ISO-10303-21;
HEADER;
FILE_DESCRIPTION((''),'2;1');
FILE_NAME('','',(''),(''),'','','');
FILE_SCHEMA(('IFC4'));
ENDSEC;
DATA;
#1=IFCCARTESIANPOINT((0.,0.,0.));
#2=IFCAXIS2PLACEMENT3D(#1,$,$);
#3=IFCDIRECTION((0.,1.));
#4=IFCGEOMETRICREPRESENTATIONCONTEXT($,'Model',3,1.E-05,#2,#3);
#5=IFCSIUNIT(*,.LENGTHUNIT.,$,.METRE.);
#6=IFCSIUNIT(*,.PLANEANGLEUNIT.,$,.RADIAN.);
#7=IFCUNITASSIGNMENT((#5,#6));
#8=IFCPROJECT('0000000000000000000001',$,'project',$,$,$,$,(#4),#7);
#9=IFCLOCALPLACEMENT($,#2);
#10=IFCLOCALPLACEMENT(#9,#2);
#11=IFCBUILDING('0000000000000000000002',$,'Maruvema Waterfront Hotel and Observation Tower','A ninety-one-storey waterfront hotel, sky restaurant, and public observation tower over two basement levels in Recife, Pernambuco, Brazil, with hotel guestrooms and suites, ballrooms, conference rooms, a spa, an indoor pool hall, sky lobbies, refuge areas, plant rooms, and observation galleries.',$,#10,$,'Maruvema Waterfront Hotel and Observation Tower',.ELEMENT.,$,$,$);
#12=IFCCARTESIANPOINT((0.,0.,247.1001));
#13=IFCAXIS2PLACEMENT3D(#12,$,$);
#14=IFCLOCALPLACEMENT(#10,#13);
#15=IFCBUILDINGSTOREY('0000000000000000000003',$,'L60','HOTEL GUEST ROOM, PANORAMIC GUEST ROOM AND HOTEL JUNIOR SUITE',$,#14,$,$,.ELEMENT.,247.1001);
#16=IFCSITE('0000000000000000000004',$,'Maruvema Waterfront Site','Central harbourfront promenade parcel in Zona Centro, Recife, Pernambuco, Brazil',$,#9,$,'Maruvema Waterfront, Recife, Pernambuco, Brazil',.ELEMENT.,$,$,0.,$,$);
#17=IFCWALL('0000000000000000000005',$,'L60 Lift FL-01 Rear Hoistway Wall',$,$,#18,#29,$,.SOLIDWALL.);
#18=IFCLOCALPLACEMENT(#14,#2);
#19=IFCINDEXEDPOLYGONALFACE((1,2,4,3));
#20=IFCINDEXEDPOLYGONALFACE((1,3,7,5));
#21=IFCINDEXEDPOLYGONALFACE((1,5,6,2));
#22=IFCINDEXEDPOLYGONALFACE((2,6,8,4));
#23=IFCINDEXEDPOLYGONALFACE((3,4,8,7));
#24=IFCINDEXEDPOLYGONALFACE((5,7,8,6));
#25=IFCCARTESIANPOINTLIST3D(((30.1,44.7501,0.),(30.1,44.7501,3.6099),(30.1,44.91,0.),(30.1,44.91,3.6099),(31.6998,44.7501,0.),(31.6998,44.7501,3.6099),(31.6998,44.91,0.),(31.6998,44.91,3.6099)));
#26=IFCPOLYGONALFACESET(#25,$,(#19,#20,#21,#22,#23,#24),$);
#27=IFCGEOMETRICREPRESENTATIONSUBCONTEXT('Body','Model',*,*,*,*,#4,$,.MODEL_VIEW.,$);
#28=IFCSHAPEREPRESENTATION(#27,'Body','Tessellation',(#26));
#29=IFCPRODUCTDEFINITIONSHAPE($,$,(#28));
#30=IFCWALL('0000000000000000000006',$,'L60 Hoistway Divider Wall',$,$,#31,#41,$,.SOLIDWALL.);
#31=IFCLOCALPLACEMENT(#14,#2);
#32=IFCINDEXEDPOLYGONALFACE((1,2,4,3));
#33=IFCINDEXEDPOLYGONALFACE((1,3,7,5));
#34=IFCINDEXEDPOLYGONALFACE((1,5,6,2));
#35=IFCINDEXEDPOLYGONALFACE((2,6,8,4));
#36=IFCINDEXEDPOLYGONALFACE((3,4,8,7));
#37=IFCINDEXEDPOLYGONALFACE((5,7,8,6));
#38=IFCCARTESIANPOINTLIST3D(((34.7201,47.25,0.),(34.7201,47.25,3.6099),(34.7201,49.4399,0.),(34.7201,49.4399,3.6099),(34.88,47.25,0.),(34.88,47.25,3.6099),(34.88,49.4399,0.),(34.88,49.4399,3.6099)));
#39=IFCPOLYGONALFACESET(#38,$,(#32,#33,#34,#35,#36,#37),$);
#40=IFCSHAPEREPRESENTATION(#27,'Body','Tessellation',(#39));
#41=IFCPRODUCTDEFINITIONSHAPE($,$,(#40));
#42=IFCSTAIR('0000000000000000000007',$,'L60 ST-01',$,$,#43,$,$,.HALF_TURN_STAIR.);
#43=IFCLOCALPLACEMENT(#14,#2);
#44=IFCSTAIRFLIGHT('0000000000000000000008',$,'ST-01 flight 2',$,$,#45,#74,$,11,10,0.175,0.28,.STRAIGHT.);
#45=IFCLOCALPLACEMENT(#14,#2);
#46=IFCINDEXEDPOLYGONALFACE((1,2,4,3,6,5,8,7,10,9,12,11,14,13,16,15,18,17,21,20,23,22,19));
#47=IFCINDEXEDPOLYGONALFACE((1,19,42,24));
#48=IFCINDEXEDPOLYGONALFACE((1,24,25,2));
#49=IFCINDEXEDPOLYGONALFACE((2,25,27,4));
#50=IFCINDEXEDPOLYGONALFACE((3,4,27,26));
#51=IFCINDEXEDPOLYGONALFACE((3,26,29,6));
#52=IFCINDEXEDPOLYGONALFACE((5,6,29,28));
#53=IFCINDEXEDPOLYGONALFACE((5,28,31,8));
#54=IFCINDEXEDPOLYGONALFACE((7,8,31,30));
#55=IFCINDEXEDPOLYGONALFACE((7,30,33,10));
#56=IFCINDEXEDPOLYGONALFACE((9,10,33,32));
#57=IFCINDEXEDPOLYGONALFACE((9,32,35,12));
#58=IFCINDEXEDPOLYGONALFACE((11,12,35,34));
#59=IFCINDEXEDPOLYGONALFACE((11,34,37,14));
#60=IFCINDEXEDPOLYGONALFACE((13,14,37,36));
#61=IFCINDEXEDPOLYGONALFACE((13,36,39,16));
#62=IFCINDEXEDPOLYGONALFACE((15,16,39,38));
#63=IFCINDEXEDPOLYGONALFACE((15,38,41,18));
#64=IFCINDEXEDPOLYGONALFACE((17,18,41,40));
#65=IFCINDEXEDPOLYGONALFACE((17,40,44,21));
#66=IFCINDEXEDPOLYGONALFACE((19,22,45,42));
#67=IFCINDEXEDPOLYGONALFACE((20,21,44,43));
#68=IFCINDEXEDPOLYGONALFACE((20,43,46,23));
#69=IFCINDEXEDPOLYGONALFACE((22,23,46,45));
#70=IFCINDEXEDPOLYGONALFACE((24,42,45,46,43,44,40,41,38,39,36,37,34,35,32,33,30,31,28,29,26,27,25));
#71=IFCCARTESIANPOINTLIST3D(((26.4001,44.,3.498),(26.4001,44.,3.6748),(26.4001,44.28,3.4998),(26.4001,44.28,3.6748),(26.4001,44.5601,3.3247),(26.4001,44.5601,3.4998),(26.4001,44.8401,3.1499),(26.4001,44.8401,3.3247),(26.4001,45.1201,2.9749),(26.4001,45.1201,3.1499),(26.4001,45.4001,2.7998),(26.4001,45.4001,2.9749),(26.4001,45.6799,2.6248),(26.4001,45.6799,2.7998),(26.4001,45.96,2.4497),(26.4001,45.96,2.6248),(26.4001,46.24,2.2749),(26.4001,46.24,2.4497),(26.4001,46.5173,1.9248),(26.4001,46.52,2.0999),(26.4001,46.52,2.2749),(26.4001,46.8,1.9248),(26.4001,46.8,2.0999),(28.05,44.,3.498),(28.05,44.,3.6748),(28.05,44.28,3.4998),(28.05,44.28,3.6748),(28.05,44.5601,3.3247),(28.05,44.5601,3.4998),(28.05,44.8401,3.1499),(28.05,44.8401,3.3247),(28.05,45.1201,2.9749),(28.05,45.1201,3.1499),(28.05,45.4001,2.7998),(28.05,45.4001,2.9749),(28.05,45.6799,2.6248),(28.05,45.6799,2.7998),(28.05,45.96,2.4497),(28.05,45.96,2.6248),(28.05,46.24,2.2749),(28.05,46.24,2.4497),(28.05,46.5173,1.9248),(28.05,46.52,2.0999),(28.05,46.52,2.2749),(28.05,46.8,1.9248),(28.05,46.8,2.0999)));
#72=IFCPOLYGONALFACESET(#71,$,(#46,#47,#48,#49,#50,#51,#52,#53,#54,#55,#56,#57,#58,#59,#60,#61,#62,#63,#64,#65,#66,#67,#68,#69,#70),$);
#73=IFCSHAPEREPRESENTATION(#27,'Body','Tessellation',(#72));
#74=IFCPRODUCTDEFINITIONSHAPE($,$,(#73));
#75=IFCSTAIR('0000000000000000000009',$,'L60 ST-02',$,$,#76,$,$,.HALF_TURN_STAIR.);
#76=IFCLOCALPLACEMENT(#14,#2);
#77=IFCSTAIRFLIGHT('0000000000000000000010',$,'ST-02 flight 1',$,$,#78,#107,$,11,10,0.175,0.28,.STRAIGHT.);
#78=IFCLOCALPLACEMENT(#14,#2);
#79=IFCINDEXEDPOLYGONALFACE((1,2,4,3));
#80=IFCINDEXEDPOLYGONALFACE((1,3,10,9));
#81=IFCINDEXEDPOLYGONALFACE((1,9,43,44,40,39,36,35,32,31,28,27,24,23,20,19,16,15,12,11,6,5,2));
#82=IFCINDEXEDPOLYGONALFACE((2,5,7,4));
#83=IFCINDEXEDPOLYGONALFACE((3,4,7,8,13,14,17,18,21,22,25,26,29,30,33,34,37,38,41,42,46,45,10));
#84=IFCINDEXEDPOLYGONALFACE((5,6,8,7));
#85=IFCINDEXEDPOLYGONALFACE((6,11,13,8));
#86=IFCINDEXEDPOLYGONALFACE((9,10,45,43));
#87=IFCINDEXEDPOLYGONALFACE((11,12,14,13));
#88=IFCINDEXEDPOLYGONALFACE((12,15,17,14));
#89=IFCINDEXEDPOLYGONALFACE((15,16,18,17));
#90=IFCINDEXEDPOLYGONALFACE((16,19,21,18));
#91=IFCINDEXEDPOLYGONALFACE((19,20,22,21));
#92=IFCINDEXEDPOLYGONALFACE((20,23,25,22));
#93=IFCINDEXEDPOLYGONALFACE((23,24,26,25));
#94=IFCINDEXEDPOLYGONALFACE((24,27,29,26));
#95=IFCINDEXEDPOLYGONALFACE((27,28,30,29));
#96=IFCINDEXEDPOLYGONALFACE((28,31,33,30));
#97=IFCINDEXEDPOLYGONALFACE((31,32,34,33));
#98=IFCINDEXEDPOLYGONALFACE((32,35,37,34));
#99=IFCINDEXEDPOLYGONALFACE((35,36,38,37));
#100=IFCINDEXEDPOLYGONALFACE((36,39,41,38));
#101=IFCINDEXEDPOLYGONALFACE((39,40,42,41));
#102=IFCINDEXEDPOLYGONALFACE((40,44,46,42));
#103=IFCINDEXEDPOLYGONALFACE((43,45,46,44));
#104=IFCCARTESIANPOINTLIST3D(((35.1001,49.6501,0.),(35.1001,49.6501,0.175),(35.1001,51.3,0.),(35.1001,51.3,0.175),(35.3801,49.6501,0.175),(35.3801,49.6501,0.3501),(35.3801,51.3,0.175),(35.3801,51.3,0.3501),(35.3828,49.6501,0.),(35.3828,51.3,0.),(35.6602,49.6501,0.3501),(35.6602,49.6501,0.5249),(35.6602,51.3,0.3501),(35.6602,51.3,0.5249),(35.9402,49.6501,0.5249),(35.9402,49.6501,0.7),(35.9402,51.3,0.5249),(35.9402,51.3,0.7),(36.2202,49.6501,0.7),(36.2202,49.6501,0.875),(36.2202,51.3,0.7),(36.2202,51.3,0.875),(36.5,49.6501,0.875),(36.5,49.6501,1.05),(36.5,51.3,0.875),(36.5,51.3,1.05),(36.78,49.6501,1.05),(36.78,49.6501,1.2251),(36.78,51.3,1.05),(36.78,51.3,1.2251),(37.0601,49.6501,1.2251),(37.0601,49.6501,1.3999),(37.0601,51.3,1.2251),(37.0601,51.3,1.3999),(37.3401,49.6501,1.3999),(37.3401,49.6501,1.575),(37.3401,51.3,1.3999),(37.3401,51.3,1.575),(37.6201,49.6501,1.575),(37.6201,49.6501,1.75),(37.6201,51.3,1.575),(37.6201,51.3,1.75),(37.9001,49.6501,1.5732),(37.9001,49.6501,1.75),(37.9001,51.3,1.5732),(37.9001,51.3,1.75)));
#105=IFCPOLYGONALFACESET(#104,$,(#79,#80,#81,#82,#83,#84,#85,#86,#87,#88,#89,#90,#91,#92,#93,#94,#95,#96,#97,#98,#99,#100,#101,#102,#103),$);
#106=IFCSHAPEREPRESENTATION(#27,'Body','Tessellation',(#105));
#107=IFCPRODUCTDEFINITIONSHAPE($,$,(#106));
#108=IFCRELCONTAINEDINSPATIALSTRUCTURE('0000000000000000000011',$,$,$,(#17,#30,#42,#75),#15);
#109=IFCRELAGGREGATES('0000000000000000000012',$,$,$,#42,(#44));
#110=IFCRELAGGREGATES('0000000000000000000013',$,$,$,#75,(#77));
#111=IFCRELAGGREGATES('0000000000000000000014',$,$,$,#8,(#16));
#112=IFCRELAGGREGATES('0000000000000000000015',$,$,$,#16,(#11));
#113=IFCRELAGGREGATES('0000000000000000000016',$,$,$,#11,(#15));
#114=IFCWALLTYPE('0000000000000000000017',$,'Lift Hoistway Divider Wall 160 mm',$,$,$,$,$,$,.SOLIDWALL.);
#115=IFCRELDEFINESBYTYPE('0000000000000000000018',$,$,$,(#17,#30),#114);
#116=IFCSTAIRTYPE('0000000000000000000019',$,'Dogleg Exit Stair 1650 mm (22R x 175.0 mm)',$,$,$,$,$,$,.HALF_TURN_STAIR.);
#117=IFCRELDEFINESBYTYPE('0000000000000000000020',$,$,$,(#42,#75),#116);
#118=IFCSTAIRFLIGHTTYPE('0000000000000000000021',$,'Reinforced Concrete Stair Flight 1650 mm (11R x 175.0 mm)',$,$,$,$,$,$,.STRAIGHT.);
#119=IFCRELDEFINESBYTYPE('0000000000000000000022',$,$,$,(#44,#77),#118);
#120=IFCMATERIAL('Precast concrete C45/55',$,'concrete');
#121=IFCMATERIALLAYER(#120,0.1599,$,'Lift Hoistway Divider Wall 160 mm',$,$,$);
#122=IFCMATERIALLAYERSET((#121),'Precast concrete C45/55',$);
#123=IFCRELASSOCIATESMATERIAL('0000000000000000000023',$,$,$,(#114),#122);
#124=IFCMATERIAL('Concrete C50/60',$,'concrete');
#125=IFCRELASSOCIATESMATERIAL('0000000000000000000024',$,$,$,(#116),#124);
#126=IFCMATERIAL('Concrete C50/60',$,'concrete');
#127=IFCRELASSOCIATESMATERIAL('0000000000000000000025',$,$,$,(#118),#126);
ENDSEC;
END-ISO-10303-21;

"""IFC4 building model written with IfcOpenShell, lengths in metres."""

from ifc_helpers import new_model, si_unit, direction, frame, frame_2d, origin, place, context, subcontext, project, spatial, polyline, rectangle, outline, extrude, material, layer, layer_set, type_object, element, aggregate, save


model = new_model("IFC4")

# Units and contexts
model_context = context("Model", 3, precision=1e-05, world=origin(), true_north=direction((0.0, 1.0)))
body_context = subcontext(model_context, "Body", "Model", "MODEL_VIEW")
ifc_project = project(units=[si_unit("LENGTHUNIT", "METRE"), si_unit("PLANEANGLEUNIT", "RADIAN")], contexts=[model_context])

# Site, building, storey
site_placement = place(None, origin())
site = spatial("IfcSite", under=ifc_project, at=site_placement, Name="Maruvema Waterfront Site", Description="Central harbourfront promenade parcel in Zona Centro, Recife, Pernambuco, Brazil", LongName="Maruvema Waterfront, Recife, Pernambuco, Brazil", CompositionType="ELEMENT", RefElevation=0.0)
building_placement = place(site_placement, origin())
building = spatial("IfcBuilding", under=site, at=building_placement, Name="Maruvema Waterfront Hotel and Observation Tower", Description="A ninety-one-storey waterfront hotel, sky restaurant, and public observation tower over two basement levels in Recife, Pernambuco, Brazil, with hotel guestrooms and suites, ballrooms, conference rooms, a spa, an indoor pool hall, sky lobbies, refuge areas, plant rooms, and observation galleries.", LongName="Maruvema Waterfront Hotel and Observation Tower", CompositionType="ELEMENT")
storey_placement = place(building_placement, frame((0.0, 0.0, 247.1001)))
storey = spatial("IfcBuildingStorey", under=building, at=storey_placement, Name="L60", Description="HOTEL GUEST ROOM, PANORAMIC GUEST ROOM AND HOTEL JUNIOR SUITE", CompositionType="ELEMENT", Elevation=247.1001)

# Walls
ifc_material_1 = material(Name="Precast concrete C45/55", Category="concrete")
ifc_layer_1 = layer(ifc_material_1, 0.1599, Name="Lift Hoistway Divider Wall 160 mm")
ifc_layer_set_1 = layer_set([ifc_layer_1], Name="Precast concrete C45/55")
wall_type_1 = type_object("IfcWallType", Name="Lift Hoistway Divider Wall 160 mm", PredefinedType="SOLIDWALL", material=ifc_layer_set_1)
wall_1_placement = place(storey_placement, frame((30.1001, 44.8301, 0.0), z_axis=(0.0, 0.0, 1.0), x_axis=(1.0, 0.0, 0.0)))
element("IfcWall", 1, at=wall_1_placement, inside=storey, type_object=wall_type_1, Name="L60 Lift FL-01 Rear Hoistway Wall", PredefinedType="SOLIDWALL", context=body_context, shape_type="SweptSolid", body=[
    extrude(rectangle(XDim=1.5999, YDim=0.1599, at=frame_2d((0.7998, 0.0))), origin(), (0.0, 0.0, 1.0), 3.6099),
])
wall_2_placement = place(storey_placement, frame((34.8, 47.25, 0.0), z_axis=(0.0, 0.0, 1.0), x_axis=(0.0, 1.0, 0.0)))
element("IfcWall", 2, at=wall_2_placement, inside=storey, type_object=wall_type_1, Name="L60 Hoistway Divider Wall", PredefinedType="SOLIDWALL", context=body_context, shape_type="SweptSolid", body=[
    extrude(rectangle(XDim=2.1899, YDim=0.1599, at=frame_2d((1.095, 0.0))), origin(), (0.0, 0.0, 1.0), 3.6099),
])

# Stairs, stair flights
ifc_material_2 = material(Name="Concrete C50/60", Category="concrete")
stair_type = type_object("IfcStairType", Name="Dogleg Exit Stair 1650 mm (22R x 175.0 mm)", PredefinedType="HALF_TURN_STAIR", material=ifc_material_2)
stair_1_placement = place(storey_placement, origin())
stair_1 = element("IfcStair", 3, at=stair_1_placement, inside=storey, type_object=stair_type, Name="L60 ST-01", PredefinedType="HALF_TURN_STAIR")
ifc_material_3 = material(Name="Concrete C50/60", Category="concrete")
stair_flight_type = type_object("IfcStairFlightType", Name="Reinforced Concrete Stair Flight 1650 mm (11R x 175.0 mm)", PredefinedType="STRAIGHT", material=ifc_material_3)
stair_flight_1_placement = place(storey_placement, frame((27.2251, 46.8, 1.9248), z_axis=(0.0, 0.0, 1.0), x_axis=(0.0, -1.0, 0.0)))
stair_flight_1 = element("IfcStairFlight", 4, at=stair_flight_1_placement, type_object=stair_flight_type, Name="ST-01 flight 2", NumberOfRisers=11, NumberOfTreads=10, PredefinedType="STRAIGHT", RiserHeight=0.175, TreadLength=0.28, context=body_context, shape_type="SweptSolid", body=[
    extrude(outline(polyline([(0.0, 0.0), (0.0, 0.175), (0.28, 0.175), (0.28, 0.3501), (0.5601, 0.3501), (0.5601, 0.5249), (0.8401, 0.5249), (0.8401, 0.7), (1.1201, 0.7), (1.1201, 0.875), (1.3999, 0.875), (1.3999, 1.05), (1.6799, 1.05), (1.6799, 1.2251), (1.96, 1.2251), (1.96, 1.3999), (2.24, 1.3999), (2.24, 1.575), (2.52, 1.575), (2.52, 1.75), (2.8, 1.75), (2.8, 1.925), (2.8, 1.5732), (0.2827, 0.0), (0.0, 0.0)])), frame((0.0, 0.825, 0.0), z_axis=(0.0, -1.0, 0.0), x_axis=(1.0, 0.0, 0.0)), (0.0, 0.0, 1.0), 1.6499),
])
aggregate(stair_1, [stair_flight_1])
stair_2_placement = place(storey_placement, origin())
stair_2 = element("IfcStair", 5, at=stair_2_placement, inside=storey, type_object=stair_type, Name="L60 ST-02", PredefinedType="HALF_TURN_STAIR")
stair_flight_2_placement = place(storey_placement, frame((35.1001, 50.4751, 0.0), z_axis=(0.0, 0.0, 1.0), x_axis=(1.0, 0.0, 0.0)))
stair_flight_2 = element("IfcStairFlight", 6, at=stair_flight_2_placement, type_object=stair_flight_type, Name="ST-02 flight 1", NumberOfRisers=11, NumberOfTreads=10, PredefinedType="STRAIGHT", RiserHeight=0.175, TreadLength=0.28, context=body_context, shape_type="SweptSolid", body=[
    extrude(outline(polyline([(0.0, 0.0), (0.0, 0.175), (0.28, 0.175), (0.28, 0.3501), (0.5601, 0.3501), (0.5601, 0.5249), (0.8401, 0.5249), (0.8401, 0.7), (1.1201, 0.7), (1.1201, 0.875), (1.3999, 0.875), (1.3999, 1.05), (1.6799, 1.05), (1.6799, 1.2251), (1.96, 1.2251), (1.96, 1.3999), (2.24, 1.3999), (2.24, 1.575), (2.52, 1.575), (2.52, 1.75), (2.8, 1.75), (2.8, 1.925), (2.8, 1.5732), (0.2827, 0.0), (0.0, 0.0)])), frame((0.0, 0.825, 0.0), z_axis=(0.0, -1.0, 0.0), x_axis=(1.0, 0.0, 0.0)), (0.0, 0.0, 1.0), 1.6499),
])
aggregate(stair_2, [stair_flight_2])

save(model, "model.ifc")
